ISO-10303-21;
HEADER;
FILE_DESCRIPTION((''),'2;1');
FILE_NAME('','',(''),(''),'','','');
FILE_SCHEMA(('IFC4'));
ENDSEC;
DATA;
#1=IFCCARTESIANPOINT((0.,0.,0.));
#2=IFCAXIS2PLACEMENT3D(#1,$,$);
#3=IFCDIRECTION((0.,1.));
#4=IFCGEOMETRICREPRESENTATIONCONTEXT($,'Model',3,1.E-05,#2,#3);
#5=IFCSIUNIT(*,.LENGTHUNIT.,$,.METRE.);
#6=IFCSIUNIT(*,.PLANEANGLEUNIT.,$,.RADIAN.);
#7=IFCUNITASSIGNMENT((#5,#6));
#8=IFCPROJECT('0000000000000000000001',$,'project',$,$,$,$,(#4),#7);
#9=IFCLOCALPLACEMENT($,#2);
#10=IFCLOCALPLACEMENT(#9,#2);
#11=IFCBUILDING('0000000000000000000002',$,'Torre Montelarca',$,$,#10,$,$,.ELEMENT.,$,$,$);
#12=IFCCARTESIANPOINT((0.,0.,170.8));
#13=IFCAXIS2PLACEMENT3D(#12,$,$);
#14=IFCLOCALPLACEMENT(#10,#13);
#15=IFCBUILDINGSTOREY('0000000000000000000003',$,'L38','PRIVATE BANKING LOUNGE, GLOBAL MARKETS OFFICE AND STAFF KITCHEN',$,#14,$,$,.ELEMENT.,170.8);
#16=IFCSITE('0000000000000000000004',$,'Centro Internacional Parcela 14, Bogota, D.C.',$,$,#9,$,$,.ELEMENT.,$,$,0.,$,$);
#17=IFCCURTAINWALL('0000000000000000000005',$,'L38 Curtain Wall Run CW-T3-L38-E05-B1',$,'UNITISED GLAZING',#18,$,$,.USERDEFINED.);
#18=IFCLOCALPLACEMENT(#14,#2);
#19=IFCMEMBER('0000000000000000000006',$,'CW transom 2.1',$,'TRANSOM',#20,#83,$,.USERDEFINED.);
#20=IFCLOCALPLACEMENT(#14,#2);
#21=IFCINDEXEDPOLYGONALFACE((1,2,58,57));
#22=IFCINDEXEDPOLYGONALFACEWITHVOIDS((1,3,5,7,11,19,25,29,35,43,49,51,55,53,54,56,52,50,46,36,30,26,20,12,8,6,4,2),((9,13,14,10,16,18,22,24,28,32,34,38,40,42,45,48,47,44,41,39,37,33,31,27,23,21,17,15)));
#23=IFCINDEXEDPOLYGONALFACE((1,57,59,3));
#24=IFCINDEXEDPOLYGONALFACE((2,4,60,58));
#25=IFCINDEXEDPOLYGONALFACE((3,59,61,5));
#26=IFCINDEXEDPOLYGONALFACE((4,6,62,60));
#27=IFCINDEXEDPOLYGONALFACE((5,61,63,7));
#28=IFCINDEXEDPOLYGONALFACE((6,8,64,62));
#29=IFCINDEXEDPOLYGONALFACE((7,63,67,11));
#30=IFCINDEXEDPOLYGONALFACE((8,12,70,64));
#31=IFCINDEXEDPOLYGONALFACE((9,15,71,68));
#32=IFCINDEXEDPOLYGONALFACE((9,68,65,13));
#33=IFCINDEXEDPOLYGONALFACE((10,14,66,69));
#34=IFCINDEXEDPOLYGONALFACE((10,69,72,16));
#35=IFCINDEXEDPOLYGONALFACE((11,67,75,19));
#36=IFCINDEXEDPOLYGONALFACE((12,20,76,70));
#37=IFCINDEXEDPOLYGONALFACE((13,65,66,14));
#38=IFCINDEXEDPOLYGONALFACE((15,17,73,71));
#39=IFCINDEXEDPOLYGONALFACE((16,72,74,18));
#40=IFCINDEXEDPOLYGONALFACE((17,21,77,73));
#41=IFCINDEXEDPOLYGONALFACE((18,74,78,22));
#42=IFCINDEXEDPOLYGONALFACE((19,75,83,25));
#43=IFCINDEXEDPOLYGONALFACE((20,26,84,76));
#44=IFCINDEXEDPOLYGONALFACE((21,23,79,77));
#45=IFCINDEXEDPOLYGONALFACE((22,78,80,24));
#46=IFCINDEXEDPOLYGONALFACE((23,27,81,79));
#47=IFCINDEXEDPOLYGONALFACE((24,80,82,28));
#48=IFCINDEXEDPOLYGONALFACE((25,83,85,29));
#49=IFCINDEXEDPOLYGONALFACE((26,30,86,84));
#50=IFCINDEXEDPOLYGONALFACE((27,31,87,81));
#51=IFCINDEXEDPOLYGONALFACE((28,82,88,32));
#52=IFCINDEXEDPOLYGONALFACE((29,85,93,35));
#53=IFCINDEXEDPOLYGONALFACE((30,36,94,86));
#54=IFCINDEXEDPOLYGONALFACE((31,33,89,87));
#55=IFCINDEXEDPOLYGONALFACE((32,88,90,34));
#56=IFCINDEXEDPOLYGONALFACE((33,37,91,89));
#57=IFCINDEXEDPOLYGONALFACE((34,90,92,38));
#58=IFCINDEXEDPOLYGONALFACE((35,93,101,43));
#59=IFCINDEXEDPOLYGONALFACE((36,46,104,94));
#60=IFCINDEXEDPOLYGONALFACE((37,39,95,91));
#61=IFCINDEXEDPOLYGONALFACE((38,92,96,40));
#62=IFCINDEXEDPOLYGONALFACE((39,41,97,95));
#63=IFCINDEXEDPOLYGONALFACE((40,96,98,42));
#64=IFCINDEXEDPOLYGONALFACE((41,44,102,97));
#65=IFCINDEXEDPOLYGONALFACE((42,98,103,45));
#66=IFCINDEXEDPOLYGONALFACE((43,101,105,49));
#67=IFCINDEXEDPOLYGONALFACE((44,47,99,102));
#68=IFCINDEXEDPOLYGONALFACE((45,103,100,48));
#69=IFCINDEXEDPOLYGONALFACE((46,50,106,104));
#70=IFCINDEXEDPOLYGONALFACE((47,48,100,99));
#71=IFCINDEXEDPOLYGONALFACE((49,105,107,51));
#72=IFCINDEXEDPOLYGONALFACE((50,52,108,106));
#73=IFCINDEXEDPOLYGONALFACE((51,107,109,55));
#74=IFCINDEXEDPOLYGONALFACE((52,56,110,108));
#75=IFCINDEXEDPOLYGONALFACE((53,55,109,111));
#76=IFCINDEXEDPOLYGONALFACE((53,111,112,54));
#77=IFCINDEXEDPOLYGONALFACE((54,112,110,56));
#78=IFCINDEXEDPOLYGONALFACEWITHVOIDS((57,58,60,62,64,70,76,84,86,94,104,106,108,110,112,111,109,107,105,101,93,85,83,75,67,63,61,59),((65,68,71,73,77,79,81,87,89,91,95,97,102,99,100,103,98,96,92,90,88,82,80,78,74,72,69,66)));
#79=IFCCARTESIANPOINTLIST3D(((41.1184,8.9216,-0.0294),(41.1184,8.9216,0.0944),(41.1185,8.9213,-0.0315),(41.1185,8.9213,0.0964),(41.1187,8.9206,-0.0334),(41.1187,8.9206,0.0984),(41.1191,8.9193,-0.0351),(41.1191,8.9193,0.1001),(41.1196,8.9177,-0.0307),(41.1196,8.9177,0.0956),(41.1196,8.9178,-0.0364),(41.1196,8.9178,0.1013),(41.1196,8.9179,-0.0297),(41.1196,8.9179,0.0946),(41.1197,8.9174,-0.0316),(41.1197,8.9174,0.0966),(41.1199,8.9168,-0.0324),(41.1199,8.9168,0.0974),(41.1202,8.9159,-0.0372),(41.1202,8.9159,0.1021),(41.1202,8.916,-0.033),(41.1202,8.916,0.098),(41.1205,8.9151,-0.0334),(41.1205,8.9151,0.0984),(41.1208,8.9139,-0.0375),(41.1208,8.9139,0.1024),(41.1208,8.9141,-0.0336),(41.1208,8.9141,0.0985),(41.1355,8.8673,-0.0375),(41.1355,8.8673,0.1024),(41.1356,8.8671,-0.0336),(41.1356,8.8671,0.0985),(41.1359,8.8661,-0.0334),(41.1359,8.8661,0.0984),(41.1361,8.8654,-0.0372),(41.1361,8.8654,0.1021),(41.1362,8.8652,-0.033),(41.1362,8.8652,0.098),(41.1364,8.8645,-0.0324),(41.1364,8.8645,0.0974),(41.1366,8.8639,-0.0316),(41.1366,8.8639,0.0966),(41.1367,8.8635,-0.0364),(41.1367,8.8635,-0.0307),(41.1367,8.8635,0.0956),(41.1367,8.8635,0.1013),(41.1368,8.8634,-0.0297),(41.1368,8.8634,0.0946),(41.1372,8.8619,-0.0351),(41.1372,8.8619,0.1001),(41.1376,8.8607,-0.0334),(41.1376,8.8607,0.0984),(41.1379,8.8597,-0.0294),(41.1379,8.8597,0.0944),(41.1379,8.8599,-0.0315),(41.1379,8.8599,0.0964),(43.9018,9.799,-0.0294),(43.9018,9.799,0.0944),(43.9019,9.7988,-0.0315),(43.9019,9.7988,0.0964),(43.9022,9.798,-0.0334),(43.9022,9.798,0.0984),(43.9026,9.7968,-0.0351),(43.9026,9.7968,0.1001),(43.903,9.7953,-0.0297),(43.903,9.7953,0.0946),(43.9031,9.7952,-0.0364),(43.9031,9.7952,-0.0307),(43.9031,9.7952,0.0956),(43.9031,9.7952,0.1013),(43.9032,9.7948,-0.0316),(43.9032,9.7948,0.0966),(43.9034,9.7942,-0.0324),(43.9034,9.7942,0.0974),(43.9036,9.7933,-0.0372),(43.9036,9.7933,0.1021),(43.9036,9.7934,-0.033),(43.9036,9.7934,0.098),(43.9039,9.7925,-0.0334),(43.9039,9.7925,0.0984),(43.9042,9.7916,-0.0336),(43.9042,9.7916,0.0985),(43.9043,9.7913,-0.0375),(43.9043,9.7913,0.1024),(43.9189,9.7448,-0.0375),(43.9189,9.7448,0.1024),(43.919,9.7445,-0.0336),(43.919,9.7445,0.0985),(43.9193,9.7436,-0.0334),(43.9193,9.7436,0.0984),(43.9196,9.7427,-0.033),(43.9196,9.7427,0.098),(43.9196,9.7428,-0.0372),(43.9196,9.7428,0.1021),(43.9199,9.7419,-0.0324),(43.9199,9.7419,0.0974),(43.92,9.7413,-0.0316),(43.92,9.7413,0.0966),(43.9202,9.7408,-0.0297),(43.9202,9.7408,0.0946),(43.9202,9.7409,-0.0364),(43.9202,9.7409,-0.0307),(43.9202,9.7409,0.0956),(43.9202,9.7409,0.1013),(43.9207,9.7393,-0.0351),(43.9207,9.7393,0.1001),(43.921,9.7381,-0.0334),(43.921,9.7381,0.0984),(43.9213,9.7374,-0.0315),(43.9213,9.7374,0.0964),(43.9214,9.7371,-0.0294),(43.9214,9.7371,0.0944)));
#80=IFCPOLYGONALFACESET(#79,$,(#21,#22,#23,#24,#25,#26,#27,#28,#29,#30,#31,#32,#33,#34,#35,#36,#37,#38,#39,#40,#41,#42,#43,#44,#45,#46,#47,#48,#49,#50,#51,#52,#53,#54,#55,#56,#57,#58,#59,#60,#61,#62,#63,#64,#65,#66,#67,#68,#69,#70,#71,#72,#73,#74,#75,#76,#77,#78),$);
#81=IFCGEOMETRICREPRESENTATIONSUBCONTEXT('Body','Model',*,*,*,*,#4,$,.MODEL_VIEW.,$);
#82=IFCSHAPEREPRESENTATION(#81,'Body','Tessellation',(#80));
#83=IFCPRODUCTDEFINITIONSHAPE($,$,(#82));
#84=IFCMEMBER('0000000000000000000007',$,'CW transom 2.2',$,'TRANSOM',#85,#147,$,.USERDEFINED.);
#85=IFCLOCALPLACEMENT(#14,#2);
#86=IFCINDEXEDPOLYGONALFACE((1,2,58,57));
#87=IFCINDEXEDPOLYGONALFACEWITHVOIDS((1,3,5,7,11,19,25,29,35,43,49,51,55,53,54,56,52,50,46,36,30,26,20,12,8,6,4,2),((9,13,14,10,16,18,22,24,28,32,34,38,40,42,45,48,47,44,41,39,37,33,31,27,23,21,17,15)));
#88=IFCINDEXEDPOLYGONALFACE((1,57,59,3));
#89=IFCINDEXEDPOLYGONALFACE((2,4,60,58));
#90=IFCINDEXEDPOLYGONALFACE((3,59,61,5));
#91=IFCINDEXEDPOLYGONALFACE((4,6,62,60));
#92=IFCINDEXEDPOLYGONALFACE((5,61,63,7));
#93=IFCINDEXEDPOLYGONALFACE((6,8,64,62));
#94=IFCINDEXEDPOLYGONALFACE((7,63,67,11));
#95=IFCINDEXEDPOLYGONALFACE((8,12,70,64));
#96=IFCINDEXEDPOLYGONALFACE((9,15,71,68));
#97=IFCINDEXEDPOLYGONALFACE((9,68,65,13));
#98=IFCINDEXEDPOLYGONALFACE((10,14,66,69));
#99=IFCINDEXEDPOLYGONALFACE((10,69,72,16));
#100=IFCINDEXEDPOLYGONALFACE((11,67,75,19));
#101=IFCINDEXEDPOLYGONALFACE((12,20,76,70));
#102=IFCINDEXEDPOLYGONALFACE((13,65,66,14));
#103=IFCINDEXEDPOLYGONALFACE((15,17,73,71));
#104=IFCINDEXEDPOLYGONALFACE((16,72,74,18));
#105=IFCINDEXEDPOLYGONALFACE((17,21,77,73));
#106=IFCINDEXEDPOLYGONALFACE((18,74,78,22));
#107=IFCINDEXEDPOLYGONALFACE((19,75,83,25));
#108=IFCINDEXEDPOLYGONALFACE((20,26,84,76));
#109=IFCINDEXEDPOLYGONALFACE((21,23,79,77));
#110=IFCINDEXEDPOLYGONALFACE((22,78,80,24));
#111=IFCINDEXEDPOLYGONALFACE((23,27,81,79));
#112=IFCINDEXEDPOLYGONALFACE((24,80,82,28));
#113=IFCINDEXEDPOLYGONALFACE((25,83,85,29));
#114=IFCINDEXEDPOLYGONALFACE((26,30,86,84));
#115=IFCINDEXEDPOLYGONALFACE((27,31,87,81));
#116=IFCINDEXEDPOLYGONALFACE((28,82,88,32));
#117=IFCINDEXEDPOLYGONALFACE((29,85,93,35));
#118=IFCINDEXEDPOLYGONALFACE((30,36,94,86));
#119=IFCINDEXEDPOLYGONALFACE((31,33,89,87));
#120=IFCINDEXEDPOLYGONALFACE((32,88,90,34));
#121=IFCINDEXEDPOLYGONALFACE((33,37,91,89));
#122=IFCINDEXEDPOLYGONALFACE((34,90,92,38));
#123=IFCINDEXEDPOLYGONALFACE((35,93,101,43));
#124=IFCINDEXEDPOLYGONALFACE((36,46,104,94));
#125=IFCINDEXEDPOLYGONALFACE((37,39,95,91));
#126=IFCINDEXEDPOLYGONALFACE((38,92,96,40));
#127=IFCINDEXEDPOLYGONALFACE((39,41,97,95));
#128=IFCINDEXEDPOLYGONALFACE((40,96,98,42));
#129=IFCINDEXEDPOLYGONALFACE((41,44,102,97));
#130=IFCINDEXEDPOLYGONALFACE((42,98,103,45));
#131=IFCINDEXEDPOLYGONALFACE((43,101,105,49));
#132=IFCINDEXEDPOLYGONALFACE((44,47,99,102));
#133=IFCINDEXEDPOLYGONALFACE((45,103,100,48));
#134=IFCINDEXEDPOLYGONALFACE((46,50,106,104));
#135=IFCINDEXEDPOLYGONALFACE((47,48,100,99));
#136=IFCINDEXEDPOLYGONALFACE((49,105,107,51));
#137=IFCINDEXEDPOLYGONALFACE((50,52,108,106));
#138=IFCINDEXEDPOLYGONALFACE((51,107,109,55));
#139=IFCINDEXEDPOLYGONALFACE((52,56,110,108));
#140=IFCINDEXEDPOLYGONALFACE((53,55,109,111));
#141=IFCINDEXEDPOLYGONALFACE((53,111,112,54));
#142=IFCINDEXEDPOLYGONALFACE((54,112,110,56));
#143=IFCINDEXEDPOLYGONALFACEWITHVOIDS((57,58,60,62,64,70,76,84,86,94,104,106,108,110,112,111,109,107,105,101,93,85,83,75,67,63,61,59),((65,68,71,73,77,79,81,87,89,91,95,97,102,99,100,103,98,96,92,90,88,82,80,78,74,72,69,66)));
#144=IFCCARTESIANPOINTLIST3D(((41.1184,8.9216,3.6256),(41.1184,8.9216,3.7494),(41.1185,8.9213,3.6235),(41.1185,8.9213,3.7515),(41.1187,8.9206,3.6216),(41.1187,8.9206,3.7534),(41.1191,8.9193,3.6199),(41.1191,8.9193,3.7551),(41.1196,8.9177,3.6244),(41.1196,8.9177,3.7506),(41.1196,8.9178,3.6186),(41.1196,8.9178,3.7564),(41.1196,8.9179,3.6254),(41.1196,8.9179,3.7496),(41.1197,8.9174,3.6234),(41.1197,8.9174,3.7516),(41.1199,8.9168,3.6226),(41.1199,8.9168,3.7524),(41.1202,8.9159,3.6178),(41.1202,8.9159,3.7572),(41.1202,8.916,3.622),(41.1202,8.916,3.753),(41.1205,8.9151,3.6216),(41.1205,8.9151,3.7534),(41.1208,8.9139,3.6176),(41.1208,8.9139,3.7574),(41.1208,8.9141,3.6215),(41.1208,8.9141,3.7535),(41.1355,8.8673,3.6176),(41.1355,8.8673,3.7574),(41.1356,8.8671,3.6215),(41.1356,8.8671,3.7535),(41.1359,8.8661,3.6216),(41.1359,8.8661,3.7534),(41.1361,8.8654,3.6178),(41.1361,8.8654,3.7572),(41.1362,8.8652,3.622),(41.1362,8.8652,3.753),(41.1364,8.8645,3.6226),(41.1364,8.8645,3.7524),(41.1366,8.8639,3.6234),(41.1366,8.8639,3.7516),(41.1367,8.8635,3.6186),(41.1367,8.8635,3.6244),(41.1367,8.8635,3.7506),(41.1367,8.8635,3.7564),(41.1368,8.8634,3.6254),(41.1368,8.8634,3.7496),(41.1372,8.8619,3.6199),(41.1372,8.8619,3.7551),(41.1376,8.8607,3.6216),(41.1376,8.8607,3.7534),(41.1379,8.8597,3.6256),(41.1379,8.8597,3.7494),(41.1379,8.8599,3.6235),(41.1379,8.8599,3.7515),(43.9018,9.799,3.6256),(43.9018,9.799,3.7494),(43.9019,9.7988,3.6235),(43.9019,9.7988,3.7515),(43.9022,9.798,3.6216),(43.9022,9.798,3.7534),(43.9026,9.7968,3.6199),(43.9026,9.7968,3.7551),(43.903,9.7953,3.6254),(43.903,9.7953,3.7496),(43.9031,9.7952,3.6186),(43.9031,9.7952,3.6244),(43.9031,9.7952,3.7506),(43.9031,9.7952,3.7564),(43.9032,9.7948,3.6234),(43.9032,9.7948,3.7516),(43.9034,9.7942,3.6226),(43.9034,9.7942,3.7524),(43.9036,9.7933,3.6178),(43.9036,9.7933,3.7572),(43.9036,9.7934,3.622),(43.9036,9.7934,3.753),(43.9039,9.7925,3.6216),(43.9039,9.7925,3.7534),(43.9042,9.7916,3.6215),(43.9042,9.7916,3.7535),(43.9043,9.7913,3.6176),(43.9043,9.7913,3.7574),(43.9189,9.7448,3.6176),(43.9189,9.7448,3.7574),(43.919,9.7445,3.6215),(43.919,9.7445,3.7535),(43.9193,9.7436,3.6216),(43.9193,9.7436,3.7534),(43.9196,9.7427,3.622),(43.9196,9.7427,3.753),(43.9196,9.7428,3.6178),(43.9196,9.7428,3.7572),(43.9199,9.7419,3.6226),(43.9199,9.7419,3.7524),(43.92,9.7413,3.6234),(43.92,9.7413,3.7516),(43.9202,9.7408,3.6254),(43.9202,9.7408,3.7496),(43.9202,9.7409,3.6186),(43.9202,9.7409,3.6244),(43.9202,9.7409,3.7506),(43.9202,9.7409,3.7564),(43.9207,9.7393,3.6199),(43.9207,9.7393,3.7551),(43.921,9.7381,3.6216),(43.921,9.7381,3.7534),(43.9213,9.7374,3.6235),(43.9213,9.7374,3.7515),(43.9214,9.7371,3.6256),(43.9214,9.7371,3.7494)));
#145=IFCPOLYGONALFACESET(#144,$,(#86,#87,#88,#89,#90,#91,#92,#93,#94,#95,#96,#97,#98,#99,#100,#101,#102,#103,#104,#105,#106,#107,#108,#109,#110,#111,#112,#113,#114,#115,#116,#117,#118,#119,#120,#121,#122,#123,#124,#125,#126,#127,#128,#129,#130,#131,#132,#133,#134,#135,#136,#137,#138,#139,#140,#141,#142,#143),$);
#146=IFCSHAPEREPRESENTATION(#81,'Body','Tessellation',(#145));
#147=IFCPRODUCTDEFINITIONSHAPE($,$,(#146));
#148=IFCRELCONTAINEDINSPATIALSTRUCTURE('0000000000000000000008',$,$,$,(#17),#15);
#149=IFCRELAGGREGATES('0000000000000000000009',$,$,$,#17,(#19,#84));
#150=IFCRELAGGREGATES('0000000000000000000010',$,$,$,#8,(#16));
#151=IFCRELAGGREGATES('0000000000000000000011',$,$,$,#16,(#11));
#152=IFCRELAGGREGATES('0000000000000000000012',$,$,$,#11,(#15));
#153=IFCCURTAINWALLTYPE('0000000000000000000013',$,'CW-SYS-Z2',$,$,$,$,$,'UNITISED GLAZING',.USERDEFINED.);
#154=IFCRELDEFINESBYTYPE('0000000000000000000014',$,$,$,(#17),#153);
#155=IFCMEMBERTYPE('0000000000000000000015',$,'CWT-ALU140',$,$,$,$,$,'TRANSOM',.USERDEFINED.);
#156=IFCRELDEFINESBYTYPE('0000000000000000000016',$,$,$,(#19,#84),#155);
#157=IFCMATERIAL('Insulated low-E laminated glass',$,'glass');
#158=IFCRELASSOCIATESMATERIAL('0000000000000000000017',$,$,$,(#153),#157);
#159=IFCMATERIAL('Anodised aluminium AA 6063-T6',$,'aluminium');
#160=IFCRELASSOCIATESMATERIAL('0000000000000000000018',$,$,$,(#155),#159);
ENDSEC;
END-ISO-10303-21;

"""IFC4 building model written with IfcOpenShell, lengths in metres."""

from ifc_helpers import new_model, si_unit, direction, frame, origin, origin_2d, place, context, subcontext, project, spatial, hollow_rectangle, extrude, source, transform, mapped, material, material_profile, profile_set, type_object, element, aggregate, save


model = new_model("IFC4")

# Units and contexts
model_context = context("Model", 3, precision=1e-05, world=origin(), true_north=direction((0.0, 1.0)))
body_context = subcontext(model_context, "Body", "Model", "MODEL_VIEW")
ifc_project = project(units=[si_unit("LENGTHUNIT", "METRE"), si_unit("PLANEANGLEUNIT", "RADIAN")], contexts=[model_context])

# Site, building, storey
site_placement = place(None, origin())
site = spatial("IfcSite", under=ifc_project, at=site_placement, Name="Centro Internacional Parcela 14, Bogota, D.C.", CompositionType="ELEMENT", RefElevation=0.0)
building_placement = place(site_placement, origin())
building = spatial("IfcBuilding", under=site, at=building_placement, Name="Torre Montelarca", CompositionType="ELEMENT")
storey_placement = place(building_placement, frame((0.0, 0.0, 170.8)))
storey = spatial("IfcBuildingStorey", under=building, at=storey_placement, Name="L38", Description="PRIVATE BANKING LOUNGE, GLOBAL MARKETS OFFICE AND STAFF KITCHEN", CompositionType="ELEMENT", Elevation=170.8)

# Curtain wall, members
ifc_material_1 = material(Name="Insulated low-E laminated glass", Category="glass")
curtain_wall_type = type_object("IfcCurtainWallType", Name="CW-SYS-Z2", ElementType="UNITISED GLAZING", PredefinedType="USERDEFINED", material=ifc_material_1)
curtain_wall_1_placement = place(storey_placement, origin())
curtain_wall_1 = element("IfcCurtainWall", 1, at=curtain_wall_1_placement, inside=storey, type_object=curtain_wall_type, Name="L38 Curtain Wall Run CW-T3-L38-E05-B1", ObjectType="UNITISED GLAZING", PredefinedType="USERDEFINED")
ifc_material_2 = material(Name="Anodised aluminium AA 6063-T6", Category="aluminium")
ifc_material_profile_1 = material_profile(ifc_material_2, hollow_rectangle(XDim=0.0649, YDim=0.1399, WallThickness=0.0039, InnerFilletRadius=0.0039, OuterFilletRadius=0.0081, at=origin_2d()), Name="ALU65X140X4", Category="aluminium")
ifc_profile_set_1 = profile_set([ifc_material_profile_1], Name="Anodised aluminium AA 6063-T6")
member_type_1 = type_object("IfcMemberType", Name="CWT-ALU140", ElementType="TRANSOM", PredefinedType="USERDEFINED", material=ifc_profile_set_1)
shared_shape_1 = source(origin(), body_context, "Body", "SweptSolid", [
    extrude(hollow_rectangle(XDim=0.0649, YDim=0.1399, WallThickness=0.0039, InnerFilletRadius=0.0039, OuterFilletRadius=0.0081, at=origin_2d()), origin(), (0.0, 0.0, 1.0), 2.9185),
])
member_1_placement = place(storey_placement, frame((41.1282, 8.8906, 0.0325), z_axis=(0.953734, 0.300651, 0.0), x_axis=(-0.300651, 0.953734, 0.0)))
member_1 = element("IfcMember", 2, at=member_1_placement, type_object=member_type_1, Name="CW transom 2.1", ObjectType="TRANSOM", PredefinedType="USERDEFINED", context=body_context, shape_type="MappedRepresentation", body=[
    mapped(shared_shape_1, transform((0.0, 0.0, 0.0), scale=1.0)),
])
member_2_placement = place(storey_placement, frame((41.1282, 8.8906, 3.6875), z_axis=(0.953734, 0.300651, 0.0), x_axis=(-0.300651, 0.953734, 0.0)))
member_2 = element("IfcMember", 3, at=member_2_placement, type_object=member_type_1, Name="CW transom 2.2", ObjectType="TRANSOM", PredefinedType="USERDEFINED", context=body_context, shape_type="MappedRepresentation", body=[
    mapped(shared_shape_1, transform((0.0, 0.0, 0.0), scale=1.0)),
])

aggregate(curtain_wall_1, [member_1, member_2])

save(model, "model.ifc")
